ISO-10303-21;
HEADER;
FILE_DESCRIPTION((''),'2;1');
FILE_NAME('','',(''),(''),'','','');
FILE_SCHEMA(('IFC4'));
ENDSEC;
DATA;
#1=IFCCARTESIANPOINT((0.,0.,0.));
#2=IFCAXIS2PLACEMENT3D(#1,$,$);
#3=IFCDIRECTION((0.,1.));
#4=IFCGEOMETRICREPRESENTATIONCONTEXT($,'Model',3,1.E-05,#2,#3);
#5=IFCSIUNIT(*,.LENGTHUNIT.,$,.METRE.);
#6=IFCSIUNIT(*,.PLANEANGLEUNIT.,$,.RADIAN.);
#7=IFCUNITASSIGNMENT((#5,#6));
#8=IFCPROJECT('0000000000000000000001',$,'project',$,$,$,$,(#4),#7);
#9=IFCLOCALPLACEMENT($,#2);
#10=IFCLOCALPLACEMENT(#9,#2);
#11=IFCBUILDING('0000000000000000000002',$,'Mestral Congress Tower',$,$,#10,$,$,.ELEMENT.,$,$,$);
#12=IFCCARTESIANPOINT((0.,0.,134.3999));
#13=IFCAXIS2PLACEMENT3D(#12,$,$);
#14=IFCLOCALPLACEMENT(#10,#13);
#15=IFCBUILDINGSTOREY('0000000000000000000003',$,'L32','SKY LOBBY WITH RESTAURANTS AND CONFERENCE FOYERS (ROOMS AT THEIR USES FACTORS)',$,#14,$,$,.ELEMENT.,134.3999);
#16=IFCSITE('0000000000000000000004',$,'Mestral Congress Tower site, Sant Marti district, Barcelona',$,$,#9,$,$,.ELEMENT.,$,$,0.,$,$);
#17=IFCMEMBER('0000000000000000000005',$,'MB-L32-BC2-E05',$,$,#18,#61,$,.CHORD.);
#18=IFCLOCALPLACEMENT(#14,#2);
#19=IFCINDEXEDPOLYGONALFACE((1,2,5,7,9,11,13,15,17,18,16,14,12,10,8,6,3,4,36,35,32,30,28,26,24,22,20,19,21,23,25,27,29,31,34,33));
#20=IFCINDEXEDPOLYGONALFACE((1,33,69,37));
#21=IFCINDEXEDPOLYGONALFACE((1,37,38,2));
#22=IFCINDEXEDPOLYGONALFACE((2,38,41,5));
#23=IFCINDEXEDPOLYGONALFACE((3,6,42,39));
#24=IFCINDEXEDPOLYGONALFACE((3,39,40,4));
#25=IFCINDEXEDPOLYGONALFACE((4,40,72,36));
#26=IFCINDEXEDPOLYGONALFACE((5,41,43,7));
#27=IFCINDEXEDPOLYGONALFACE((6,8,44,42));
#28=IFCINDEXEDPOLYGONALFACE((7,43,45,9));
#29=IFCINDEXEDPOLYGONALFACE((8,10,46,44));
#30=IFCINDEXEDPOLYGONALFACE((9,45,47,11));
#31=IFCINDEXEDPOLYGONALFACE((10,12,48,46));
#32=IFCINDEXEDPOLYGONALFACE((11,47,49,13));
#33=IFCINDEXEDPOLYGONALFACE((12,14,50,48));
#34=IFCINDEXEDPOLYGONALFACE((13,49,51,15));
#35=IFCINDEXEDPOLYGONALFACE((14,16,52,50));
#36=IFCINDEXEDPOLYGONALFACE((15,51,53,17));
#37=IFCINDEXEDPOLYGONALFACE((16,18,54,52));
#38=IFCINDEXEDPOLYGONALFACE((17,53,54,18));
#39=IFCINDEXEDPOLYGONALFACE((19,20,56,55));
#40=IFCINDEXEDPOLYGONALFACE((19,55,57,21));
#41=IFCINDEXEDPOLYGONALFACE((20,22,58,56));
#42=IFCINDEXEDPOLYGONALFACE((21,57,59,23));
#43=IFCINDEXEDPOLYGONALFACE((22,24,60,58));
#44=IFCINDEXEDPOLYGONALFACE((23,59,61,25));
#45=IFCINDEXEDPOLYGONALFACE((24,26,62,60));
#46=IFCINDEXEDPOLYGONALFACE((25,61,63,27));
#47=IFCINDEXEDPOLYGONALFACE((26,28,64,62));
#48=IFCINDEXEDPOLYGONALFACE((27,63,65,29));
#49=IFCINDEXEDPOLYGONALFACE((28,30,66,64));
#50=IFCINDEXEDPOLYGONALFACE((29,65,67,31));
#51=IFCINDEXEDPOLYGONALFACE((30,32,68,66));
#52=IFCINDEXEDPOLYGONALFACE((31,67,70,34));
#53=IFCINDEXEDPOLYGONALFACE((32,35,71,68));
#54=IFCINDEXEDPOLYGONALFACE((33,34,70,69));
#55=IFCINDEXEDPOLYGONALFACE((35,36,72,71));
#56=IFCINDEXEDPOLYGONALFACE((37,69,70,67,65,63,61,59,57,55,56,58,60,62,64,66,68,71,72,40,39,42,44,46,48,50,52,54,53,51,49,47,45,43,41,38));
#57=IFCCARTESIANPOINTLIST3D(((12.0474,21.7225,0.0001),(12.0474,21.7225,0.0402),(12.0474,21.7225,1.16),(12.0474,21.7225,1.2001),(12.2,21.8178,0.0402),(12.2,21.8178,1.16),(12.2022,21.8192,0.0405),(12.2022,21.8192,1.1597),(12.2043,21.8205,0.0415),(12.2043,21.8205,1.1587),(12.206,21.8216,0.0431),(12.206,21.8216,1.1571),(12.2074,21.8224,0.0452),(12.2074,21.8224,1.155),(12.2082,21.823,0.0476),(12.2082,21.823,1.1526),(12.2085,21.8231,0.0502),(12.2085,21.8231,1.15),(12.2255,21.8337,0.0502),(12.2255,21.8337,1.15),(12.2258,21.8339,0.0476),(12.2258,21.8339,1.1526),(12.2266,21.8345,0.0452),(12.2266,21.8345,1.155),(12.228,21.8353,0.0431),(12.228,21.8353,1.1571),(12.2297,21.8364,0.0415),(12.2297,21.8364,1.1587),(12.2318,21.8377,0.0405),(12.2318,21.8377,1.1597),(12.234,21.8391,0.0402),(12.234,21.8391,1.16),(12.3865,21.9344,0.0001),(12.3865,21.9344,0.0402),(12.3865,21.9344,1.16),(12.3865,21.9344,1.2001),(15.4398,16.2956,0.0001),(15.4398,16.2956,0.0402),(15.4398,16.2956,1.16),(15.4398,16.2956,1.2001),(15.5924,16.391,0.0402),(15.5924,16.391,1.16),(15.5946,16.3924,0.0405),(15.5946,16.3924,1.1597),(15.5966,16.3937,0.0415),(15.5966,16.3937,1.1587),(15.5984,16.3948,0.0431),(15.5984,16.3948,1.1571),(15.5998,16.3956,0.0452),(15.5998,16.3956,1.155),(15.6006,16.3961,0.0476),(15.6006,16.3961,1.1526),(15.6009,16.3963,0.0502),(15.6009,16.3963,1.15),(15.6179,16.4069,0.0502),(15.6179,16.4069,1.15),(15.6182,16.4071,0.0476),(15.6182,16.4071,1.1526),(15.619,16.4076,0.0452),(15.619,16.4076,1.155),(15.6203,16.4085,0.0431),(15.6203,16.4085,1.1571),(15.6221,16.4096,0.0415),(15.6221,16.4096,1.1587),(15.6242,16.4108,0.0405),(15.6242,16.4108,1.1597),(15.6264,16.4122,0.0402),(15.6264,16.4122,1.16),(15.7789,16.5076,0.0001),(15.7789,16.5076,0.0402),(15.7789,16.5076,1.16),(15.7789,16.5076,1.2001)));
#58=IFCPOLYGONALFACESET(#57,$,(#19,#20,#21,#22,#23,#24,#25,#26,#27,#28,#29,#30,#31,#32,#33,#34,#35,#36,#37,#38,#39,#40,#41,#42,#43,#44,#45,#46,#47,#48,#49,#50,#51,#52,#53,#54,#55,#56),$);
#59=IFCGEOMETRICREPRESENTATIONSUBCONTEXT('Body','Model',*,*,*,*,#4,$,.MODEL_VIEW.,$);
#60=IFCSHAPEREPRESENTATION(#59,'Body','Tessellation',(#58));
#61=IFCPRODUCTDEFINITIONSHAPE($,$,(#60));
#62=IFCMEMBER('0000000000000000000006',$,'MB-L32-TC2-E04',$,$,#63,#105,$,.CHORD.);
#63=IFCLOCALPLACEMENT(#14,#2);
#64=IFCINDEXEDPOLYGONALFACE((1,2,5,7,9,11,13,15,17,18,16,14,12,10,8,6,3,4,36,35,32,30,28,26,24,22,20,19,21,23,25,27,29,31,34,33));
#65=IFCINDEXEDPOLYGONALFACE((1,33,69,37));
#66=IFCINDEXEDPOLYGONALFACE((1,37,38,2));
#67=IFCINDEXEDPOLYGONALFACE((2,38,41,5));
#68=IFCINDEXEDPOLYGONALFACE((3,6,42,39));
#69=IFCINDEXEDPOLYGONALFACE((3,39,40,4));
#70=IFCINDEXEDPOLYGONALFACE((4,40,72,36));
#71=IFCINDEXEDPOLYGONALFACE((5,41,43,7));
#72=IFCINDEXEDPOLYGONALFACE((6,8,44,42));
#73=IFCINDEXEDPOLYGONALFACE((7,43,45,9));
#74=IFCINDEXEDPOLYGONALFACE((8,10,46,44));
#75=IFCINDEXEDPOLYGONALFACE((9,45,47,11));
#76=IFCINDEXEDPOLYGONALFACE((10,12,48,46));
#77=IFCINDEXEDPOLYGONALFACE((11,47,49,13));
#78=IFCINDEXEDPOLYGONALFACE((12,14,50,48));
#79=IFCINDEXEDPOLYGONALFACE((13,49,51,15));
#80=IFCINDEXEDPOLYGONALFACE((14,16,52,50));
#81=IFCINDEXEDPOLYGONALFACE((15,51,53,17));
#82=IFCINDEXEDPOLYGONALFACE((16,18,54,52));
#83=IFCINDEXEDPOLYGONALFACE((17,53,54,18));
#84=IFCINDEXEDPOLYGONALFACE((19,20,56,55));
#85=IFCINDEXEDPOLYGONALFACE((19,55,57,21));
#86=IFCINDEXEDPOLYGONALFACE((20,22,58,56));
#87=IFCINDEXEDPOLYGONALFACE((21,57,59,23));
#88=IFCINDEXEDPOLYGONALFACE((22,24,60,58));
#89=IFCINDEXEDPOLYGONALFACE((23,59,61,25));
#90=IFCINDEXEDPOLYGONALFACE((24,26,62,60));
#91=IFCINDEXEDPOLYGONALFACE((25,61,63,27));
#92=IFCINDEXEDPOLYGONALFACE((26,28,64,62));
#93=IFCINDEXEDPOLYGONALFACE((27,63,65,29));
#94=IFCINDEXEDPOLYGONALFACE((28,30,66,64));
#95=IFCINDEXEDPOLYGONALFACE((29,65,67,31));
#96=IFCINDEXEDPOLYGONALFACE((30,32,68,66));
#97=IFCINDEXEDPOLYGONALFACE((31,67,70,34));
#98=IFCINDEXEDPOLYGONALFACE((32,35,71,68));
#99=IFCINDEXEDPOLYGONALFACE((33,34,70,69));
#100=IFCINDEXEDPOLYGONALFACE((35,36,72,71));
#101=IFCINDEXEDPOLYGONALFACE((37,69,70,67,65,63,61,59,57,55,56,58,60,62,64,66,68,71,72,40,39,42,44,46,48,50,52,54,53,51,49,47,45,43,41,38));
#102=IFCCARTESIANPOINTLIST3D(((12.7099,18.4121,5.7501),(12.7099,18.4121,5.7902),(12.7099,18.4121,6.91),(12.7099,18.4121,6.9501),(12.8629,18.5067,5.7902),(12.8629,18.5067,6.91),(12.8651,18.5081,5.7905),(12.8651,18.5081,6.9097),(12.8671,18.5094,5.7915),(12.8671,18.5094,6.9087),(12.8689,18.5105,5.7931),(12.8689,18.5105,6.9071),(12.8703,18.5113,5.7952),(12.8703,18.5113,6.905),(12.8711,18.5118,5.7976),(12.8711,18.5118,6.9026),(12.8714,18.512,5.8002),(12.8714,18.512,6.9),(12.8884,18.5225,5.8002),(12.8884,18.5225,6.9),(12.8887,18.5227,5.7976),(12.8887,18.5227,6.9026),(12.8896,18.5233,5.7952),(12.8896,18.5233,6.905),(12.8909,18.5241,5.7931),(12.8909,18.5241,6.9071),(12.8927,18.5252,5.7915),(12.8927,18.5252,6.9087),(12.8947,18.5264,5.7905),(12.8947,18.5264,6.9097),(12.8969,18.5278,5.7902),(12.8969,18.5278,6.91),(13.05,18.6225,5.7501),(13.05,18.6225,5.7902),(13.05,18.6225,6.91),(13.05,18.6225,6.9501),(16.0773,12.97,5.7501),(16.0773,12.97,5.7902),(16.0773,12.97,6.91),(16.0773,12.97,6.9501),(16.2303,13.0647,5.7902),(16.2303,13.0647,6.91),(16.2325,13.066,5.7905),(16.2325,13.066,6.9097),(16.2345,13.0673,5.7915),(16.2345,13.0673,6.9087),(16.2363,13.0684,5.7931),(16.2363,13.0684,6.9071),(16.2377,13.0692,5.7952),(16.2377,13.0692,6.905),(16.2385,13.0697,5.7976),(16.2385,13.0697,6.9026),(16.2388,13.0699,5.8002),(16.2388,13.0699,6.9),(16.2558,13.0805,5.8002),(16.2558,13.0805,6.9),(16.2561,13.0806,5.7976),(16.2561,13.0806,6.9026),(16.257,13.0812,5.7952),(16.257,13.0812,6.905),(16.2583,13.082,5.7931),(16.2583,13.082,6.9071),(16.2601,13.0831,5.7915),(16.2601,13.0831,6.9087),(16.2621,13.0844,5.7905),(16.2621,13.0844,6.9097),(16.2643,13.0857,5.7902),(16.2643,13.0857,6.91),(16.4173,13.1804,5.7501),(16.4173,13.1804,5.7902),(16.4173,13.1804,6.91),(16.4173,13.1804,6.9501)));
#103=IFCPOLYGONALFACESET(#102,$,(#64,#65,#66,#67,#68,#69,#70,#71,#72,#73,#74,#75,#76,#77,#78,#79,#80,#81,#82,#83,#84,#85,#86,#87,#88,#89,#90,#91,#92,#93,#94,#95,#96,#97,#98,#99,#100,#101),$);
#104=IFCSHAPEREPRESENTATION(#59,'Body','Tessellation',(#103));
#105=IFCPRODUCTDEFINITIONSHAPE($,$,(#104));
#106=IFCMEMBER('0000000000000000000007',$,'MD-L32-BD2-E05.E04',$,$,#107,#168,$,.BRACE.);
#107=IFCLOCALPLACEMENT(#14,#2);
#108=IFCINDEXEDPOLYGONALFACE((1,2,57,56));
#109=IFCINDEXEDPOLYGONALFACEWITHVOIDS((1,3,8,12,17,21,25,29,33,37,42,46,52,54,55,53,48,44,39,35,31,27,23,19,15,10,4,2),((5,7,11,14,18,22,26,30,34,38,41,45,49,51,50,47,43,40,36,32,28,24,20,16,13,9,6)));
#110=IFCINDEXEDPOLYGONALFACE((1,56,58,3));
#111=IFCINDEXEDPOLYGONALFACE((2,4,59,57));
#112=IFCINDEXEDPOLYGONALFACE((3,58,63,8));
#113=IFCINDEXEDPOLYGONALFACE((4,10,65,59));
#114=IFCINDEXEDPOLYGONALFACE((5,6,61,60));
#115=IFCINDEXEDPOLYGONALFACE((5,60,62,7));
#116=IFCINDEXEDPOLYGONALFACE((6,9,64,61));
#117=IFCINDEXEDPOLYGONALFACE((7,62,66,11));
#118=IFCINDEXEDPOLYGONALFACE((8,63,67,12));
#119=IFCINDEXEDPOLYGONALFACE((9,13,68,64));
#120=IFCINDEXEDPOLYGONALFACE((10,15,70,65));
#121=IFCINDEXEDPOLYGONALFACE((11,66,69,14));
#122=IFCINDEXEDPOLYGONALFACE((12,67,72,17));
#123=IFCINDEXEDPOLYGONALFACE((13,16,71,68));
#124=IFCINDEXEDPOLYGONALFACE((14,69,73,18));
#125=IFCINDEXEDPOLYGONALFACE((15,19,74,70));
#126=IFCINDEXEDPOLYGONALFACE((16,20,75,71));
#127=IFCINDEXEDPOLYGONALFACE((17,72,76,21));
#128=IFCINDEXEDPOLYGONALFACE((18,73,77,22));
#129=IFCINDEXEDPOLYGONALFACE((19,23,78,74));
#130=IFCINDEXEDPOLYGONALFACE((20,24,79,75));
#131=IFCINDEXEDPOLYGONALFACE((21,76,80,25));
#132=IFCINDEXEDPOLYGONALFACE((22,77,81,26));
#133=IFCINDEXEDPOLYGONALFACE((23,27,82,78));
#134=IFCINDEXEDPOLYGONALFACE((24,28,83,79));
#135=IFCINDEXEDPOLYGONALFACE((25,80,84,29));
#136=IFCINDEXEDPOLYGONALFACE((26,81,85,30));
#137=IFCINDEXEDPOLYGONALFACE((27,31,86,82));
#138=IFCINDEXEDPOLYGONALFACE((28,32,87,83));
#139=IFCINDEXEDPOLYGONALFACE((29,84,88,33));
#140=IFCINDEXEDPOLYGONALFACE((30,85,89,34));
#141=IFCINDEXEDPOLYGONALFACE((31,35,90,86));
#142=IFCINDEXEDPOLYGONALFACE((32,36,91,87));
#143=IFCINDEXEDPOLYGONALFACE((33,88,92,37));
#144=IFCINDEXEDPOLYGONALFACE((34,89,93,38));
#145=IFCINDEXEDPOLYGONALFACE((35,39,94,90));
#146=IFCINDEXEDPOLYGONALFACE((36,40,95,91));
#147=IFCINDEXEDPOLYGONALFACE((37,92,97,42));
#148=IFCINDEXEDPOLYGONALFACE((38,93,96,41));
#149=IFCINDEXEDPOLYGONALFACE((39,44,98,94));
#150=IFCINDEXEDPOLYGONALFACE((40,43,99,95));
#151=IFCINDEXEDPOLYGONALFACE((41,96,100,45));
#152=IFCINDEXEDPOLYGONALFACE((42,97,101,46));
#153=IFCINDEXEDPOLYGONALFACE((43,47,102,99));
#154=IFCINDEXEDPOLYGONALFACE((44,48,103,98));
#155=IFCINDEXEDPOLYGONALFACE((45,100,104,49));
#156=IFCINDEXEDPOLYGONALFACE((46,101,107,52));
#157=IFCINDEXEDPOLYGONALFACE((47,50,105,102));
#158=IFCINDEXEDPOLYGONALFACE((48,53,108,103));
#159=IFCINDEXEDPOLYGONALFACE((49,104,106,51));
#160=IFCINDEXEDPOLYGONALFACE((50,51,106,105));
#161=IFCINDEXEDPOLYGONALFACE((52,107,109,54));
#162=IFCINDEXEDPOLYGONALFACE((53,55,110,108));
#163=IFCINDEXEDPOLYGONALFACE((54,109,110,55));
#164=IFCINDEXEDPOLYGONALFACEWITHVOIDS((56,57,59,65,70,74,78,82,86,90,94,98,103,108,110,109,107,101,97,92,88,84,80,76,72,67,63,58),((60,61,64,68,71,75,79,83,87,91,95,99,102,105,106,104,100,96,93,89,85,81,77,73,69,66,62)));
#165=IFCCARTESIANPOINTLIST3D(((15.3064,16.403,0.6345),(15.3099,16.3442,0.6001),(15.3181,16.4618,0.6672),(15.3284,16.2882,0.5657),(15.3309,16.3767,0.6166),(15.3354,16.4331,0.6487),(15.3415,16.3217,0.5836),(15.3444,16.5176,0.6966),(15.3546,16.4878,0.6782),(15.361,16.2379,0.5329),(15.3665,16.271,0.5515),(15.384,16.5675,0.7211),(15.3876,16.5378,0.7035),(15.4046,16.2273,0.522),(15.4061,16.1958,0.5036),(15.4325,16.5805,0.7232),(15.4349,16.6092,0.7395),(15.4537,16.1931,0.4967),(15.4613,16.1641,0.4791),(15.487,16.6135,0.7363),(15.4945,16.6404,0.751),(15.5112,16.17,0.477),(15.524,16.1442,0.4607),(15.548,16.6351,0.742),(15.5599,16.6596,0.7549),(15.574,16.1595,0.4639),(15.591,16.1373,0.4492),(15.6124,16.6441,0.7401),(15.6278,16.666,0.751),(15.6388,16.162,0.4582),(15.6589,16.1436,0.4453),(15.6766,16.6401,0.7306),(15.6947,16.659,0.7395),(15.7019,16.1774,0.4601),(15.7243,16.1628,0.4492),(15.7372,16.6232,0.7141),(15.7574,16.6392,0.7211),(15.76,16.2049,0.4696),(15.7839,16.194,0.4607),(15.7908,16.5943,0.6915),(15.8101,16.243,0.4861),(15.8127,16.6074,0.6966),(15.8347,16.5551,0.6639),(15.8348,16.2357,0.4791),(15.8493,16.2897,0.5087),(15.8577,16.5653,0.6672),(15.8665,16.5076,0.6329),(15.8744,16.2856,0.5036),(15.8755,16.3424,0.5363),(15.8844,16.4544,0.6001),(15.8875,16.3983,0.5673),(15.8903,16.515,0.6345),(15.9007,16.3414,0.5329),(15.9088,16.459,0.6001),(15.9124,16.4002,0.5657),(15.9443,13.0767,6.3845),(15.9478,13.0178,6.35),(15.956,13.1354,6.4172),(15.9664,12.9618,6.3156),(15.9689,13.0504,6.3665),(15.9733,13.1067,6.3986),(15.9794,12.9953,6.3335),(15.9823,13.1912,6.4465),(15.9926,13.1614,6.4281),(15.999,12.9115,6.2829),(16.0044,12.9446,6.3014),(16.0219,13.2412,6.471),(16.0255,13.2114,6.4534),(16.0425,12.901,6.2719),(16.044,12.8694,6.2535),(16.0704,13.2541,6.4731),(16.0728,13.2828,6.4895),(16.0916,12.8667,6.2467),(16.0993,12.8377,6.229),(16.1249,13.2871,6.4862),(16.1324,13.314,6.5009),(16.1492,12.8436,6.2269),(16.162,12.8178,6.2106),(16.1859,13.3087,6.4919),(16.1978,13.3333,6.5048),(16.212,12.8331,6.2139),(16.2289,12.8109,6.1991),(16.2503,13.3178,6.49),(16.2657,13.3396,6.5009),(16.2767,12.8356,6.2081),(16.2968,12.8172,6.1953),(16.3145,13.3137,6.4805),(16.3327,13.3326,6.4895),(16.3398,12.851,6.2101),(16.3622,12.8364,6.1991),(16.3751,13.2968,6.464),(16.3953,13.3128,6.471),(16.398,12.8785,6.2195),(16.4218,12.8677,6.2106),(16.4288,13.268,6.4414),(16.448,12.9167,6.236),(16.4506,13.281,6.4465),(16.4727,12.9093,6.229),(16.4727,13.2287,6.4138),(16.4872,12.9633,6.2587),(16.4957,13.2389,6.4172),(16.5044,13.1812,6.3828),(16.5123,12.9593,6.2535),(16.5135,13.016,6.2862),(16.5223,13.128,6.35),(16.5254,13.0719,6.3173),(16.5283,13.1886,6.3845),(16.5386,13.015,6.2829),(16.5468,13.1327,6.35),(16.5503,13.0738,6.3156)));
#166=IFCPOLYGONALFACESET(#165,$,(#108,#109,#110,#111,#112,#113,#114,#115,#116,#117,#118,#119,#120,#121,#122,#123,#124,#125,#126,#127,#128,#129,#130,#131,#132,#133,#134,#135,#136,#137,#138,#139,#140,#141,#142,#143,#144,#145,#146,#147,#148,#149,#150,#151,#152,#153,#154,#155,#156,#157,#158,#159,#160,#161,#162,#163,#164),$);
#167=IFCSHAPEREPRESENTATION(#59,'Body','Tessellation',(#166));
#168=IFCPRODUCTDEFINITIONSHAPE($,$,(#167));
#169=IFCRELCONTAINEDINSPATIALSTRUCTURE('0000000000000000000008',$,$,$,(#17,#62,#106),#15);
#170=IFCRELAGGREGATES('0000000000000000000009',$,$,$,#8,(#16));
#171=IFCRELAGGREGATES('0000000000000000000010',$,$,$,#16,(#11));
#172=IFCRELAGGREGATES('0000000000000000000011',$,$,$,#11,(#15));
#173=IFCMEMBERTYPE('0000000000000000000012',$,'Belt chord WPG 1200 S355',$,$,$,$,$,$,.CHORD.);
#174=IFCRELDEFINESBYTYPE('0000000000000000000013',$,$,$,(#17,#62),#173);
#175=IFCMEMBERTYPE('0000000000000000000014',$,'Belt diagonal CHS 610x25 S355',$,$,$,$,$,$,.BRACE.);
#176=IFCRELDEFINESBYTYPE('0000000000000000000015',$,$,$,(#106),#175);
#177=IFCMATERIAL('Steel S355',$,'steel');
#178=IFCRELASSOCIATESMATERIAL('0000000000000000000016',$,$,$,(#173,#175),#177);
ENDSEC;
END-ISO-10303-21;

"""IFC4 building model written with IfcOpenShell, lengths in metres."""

from ifc_helpers import new_model, si_unit, direction, frame, origin, origin_2d, place, context, subcontext, project, spatial, hollow_circle, i_section, extrude, material, material_profile, profile_set, type_object, element, save


model = new_model("IFC4")

# Units and contexts
model_context = context("Model", 3, precision=1e-05, world=origin(), true_north=direction((0.0, 1.0)))
body_context = subcontext(model_context, "Body", "Model", "MODEL_VIEW")
ifc_project = project(units=[si_unit("LENGTHUNIT", "METRE"), si_unit("PLANEANGLEUNIT", "RADIAN")], contexts=[model_context])

# Site, building, storey
site_placement = place(None, origin())
site = spatial("IfcSite", under=ifc_project, at=site_placement, Name="Mestral Congress Tower site, Sant Marti district, Barcelona", CompositionType="ELEMENT", RefElevation=0.0)
building_placement = place(site_placement, origin())
building = spatial("IfcBuilding", under=site, at=building_placement, Name="Mestral Congress Tower", CompositionType="ELEMENT")
storey_placement = place(building_placement, frame((0.0, 0.0, 134.3999)))
storey = spatial("IfcBuildingStorey", under=building, at=storey_placement, Name="L32", Description="SKY LOBBY WITH RESTAURANTS AND CONFERENCE FOYERS (ROOMS AT THEIR USES FACTORS)", CompositionType="ELEMENT", Elevation=134.3999)

# Members
ifc_material_1 = material(Name="Steel S355", Category="steel")
ifc_material_profile_1 = material_profile(ifc_material_1, i_section(OverallWidth=0.3999, OverallDepth=1.2, WebThickness=0.02, FlangeThickness=0.04, FilletRadius=0.01, at=origin_2d()), Name="WPG 1200")
ifc_profile_set_1 = profile_set([ifc_material_profile_1], Name="Steel S355")
member_type_1 = type_object("IfcMemberType", Name="Belt chord WPG 1200 S355", PredefinedType="CHORD", material=ifc_profile_set_1)
member_1_placement = place(storey_placement, frame((15.6094, 16.4016, 0.6001), z_axis=(-0.530068, 0.847955, 0.0), x_axis=(-0.847955, -0.530068, 0.0)))
element("IfcMember", 1, at=member_1_placement, inside=storey, type_object=member_type_1, Name="MB-L32-BC2-E05", PredefinedType="CHORD", context=body_context, shape_type="SweptSolid", body=[
    extrude(i_section(OverallWidth=0.3999, OverallDepth=1.2, WebThickness=0.02, FlangeThickness=0.04, FilletRadius=0.01, at=origin_2d()), origin(), (0.0, 0.0, 1.0), 6.3999),
])
member_2_placement = place(storey_placement, frame((16.2473, 13.0752, 6.3501), z_axis=(-0.526184, 0.850371, 0.0), x_axis=(-0.850371, -0.526184, 0.0)))
element("IfcMember", 2, at=member_2_placement, inside=storey, type_object=member_type_1, Name="MB-L32-TC2-E04", PredefinedType="CHORD", context=body_context, shape_type="SweptSolid", body=[
    extrude(i_section(OverallWidth=0.3999, OverallDepth=1.2, WebThickness=0.02, FlangeThickness=0.04, FilletRadius=0.01, at=origin_2d()), origin(), (0.0, 0.0, 1.0), 6.3997),
])
ifc_material_profile_2 = material_profile(ifc_material_1, hollow_circle(Radius=0.3049, WallThickness=0.0249, at=origin_2d()), Name="CHS 610x25")
ifc_profile_set_2 = profile_set([ifc_material_profile_2], Name="Steel S355")
member_type_2 = type_object("IfcMemberType", Name="Belt diagonal CHS 610x25 S355", PredefinedType="BRACE", material=ifc_profile_set_2)
member_3_placement = place(storey_placement, frame((15.6094, 16.4016, 0.6001), z_axis=(0.095594, -0.498458, 0.861627), x_axis=(0.982102, 0.188347, 0.0)))
element("IfcMember", 3, at=member_3_placement, inside=storey, type_object=member_type_2, Name="MD-L32-BD2-E05.E04", PredefinedType="BRACE", context=body_context, shape_type="SweptSolid", body=[
    extrude(hollow_circle(Radius=0.3049, WallThickness=0.0249, at=origin_2d()), origin(), (0.0, 0.0, 1.0), 6.6733),
])

save(model, "model.ifc")
